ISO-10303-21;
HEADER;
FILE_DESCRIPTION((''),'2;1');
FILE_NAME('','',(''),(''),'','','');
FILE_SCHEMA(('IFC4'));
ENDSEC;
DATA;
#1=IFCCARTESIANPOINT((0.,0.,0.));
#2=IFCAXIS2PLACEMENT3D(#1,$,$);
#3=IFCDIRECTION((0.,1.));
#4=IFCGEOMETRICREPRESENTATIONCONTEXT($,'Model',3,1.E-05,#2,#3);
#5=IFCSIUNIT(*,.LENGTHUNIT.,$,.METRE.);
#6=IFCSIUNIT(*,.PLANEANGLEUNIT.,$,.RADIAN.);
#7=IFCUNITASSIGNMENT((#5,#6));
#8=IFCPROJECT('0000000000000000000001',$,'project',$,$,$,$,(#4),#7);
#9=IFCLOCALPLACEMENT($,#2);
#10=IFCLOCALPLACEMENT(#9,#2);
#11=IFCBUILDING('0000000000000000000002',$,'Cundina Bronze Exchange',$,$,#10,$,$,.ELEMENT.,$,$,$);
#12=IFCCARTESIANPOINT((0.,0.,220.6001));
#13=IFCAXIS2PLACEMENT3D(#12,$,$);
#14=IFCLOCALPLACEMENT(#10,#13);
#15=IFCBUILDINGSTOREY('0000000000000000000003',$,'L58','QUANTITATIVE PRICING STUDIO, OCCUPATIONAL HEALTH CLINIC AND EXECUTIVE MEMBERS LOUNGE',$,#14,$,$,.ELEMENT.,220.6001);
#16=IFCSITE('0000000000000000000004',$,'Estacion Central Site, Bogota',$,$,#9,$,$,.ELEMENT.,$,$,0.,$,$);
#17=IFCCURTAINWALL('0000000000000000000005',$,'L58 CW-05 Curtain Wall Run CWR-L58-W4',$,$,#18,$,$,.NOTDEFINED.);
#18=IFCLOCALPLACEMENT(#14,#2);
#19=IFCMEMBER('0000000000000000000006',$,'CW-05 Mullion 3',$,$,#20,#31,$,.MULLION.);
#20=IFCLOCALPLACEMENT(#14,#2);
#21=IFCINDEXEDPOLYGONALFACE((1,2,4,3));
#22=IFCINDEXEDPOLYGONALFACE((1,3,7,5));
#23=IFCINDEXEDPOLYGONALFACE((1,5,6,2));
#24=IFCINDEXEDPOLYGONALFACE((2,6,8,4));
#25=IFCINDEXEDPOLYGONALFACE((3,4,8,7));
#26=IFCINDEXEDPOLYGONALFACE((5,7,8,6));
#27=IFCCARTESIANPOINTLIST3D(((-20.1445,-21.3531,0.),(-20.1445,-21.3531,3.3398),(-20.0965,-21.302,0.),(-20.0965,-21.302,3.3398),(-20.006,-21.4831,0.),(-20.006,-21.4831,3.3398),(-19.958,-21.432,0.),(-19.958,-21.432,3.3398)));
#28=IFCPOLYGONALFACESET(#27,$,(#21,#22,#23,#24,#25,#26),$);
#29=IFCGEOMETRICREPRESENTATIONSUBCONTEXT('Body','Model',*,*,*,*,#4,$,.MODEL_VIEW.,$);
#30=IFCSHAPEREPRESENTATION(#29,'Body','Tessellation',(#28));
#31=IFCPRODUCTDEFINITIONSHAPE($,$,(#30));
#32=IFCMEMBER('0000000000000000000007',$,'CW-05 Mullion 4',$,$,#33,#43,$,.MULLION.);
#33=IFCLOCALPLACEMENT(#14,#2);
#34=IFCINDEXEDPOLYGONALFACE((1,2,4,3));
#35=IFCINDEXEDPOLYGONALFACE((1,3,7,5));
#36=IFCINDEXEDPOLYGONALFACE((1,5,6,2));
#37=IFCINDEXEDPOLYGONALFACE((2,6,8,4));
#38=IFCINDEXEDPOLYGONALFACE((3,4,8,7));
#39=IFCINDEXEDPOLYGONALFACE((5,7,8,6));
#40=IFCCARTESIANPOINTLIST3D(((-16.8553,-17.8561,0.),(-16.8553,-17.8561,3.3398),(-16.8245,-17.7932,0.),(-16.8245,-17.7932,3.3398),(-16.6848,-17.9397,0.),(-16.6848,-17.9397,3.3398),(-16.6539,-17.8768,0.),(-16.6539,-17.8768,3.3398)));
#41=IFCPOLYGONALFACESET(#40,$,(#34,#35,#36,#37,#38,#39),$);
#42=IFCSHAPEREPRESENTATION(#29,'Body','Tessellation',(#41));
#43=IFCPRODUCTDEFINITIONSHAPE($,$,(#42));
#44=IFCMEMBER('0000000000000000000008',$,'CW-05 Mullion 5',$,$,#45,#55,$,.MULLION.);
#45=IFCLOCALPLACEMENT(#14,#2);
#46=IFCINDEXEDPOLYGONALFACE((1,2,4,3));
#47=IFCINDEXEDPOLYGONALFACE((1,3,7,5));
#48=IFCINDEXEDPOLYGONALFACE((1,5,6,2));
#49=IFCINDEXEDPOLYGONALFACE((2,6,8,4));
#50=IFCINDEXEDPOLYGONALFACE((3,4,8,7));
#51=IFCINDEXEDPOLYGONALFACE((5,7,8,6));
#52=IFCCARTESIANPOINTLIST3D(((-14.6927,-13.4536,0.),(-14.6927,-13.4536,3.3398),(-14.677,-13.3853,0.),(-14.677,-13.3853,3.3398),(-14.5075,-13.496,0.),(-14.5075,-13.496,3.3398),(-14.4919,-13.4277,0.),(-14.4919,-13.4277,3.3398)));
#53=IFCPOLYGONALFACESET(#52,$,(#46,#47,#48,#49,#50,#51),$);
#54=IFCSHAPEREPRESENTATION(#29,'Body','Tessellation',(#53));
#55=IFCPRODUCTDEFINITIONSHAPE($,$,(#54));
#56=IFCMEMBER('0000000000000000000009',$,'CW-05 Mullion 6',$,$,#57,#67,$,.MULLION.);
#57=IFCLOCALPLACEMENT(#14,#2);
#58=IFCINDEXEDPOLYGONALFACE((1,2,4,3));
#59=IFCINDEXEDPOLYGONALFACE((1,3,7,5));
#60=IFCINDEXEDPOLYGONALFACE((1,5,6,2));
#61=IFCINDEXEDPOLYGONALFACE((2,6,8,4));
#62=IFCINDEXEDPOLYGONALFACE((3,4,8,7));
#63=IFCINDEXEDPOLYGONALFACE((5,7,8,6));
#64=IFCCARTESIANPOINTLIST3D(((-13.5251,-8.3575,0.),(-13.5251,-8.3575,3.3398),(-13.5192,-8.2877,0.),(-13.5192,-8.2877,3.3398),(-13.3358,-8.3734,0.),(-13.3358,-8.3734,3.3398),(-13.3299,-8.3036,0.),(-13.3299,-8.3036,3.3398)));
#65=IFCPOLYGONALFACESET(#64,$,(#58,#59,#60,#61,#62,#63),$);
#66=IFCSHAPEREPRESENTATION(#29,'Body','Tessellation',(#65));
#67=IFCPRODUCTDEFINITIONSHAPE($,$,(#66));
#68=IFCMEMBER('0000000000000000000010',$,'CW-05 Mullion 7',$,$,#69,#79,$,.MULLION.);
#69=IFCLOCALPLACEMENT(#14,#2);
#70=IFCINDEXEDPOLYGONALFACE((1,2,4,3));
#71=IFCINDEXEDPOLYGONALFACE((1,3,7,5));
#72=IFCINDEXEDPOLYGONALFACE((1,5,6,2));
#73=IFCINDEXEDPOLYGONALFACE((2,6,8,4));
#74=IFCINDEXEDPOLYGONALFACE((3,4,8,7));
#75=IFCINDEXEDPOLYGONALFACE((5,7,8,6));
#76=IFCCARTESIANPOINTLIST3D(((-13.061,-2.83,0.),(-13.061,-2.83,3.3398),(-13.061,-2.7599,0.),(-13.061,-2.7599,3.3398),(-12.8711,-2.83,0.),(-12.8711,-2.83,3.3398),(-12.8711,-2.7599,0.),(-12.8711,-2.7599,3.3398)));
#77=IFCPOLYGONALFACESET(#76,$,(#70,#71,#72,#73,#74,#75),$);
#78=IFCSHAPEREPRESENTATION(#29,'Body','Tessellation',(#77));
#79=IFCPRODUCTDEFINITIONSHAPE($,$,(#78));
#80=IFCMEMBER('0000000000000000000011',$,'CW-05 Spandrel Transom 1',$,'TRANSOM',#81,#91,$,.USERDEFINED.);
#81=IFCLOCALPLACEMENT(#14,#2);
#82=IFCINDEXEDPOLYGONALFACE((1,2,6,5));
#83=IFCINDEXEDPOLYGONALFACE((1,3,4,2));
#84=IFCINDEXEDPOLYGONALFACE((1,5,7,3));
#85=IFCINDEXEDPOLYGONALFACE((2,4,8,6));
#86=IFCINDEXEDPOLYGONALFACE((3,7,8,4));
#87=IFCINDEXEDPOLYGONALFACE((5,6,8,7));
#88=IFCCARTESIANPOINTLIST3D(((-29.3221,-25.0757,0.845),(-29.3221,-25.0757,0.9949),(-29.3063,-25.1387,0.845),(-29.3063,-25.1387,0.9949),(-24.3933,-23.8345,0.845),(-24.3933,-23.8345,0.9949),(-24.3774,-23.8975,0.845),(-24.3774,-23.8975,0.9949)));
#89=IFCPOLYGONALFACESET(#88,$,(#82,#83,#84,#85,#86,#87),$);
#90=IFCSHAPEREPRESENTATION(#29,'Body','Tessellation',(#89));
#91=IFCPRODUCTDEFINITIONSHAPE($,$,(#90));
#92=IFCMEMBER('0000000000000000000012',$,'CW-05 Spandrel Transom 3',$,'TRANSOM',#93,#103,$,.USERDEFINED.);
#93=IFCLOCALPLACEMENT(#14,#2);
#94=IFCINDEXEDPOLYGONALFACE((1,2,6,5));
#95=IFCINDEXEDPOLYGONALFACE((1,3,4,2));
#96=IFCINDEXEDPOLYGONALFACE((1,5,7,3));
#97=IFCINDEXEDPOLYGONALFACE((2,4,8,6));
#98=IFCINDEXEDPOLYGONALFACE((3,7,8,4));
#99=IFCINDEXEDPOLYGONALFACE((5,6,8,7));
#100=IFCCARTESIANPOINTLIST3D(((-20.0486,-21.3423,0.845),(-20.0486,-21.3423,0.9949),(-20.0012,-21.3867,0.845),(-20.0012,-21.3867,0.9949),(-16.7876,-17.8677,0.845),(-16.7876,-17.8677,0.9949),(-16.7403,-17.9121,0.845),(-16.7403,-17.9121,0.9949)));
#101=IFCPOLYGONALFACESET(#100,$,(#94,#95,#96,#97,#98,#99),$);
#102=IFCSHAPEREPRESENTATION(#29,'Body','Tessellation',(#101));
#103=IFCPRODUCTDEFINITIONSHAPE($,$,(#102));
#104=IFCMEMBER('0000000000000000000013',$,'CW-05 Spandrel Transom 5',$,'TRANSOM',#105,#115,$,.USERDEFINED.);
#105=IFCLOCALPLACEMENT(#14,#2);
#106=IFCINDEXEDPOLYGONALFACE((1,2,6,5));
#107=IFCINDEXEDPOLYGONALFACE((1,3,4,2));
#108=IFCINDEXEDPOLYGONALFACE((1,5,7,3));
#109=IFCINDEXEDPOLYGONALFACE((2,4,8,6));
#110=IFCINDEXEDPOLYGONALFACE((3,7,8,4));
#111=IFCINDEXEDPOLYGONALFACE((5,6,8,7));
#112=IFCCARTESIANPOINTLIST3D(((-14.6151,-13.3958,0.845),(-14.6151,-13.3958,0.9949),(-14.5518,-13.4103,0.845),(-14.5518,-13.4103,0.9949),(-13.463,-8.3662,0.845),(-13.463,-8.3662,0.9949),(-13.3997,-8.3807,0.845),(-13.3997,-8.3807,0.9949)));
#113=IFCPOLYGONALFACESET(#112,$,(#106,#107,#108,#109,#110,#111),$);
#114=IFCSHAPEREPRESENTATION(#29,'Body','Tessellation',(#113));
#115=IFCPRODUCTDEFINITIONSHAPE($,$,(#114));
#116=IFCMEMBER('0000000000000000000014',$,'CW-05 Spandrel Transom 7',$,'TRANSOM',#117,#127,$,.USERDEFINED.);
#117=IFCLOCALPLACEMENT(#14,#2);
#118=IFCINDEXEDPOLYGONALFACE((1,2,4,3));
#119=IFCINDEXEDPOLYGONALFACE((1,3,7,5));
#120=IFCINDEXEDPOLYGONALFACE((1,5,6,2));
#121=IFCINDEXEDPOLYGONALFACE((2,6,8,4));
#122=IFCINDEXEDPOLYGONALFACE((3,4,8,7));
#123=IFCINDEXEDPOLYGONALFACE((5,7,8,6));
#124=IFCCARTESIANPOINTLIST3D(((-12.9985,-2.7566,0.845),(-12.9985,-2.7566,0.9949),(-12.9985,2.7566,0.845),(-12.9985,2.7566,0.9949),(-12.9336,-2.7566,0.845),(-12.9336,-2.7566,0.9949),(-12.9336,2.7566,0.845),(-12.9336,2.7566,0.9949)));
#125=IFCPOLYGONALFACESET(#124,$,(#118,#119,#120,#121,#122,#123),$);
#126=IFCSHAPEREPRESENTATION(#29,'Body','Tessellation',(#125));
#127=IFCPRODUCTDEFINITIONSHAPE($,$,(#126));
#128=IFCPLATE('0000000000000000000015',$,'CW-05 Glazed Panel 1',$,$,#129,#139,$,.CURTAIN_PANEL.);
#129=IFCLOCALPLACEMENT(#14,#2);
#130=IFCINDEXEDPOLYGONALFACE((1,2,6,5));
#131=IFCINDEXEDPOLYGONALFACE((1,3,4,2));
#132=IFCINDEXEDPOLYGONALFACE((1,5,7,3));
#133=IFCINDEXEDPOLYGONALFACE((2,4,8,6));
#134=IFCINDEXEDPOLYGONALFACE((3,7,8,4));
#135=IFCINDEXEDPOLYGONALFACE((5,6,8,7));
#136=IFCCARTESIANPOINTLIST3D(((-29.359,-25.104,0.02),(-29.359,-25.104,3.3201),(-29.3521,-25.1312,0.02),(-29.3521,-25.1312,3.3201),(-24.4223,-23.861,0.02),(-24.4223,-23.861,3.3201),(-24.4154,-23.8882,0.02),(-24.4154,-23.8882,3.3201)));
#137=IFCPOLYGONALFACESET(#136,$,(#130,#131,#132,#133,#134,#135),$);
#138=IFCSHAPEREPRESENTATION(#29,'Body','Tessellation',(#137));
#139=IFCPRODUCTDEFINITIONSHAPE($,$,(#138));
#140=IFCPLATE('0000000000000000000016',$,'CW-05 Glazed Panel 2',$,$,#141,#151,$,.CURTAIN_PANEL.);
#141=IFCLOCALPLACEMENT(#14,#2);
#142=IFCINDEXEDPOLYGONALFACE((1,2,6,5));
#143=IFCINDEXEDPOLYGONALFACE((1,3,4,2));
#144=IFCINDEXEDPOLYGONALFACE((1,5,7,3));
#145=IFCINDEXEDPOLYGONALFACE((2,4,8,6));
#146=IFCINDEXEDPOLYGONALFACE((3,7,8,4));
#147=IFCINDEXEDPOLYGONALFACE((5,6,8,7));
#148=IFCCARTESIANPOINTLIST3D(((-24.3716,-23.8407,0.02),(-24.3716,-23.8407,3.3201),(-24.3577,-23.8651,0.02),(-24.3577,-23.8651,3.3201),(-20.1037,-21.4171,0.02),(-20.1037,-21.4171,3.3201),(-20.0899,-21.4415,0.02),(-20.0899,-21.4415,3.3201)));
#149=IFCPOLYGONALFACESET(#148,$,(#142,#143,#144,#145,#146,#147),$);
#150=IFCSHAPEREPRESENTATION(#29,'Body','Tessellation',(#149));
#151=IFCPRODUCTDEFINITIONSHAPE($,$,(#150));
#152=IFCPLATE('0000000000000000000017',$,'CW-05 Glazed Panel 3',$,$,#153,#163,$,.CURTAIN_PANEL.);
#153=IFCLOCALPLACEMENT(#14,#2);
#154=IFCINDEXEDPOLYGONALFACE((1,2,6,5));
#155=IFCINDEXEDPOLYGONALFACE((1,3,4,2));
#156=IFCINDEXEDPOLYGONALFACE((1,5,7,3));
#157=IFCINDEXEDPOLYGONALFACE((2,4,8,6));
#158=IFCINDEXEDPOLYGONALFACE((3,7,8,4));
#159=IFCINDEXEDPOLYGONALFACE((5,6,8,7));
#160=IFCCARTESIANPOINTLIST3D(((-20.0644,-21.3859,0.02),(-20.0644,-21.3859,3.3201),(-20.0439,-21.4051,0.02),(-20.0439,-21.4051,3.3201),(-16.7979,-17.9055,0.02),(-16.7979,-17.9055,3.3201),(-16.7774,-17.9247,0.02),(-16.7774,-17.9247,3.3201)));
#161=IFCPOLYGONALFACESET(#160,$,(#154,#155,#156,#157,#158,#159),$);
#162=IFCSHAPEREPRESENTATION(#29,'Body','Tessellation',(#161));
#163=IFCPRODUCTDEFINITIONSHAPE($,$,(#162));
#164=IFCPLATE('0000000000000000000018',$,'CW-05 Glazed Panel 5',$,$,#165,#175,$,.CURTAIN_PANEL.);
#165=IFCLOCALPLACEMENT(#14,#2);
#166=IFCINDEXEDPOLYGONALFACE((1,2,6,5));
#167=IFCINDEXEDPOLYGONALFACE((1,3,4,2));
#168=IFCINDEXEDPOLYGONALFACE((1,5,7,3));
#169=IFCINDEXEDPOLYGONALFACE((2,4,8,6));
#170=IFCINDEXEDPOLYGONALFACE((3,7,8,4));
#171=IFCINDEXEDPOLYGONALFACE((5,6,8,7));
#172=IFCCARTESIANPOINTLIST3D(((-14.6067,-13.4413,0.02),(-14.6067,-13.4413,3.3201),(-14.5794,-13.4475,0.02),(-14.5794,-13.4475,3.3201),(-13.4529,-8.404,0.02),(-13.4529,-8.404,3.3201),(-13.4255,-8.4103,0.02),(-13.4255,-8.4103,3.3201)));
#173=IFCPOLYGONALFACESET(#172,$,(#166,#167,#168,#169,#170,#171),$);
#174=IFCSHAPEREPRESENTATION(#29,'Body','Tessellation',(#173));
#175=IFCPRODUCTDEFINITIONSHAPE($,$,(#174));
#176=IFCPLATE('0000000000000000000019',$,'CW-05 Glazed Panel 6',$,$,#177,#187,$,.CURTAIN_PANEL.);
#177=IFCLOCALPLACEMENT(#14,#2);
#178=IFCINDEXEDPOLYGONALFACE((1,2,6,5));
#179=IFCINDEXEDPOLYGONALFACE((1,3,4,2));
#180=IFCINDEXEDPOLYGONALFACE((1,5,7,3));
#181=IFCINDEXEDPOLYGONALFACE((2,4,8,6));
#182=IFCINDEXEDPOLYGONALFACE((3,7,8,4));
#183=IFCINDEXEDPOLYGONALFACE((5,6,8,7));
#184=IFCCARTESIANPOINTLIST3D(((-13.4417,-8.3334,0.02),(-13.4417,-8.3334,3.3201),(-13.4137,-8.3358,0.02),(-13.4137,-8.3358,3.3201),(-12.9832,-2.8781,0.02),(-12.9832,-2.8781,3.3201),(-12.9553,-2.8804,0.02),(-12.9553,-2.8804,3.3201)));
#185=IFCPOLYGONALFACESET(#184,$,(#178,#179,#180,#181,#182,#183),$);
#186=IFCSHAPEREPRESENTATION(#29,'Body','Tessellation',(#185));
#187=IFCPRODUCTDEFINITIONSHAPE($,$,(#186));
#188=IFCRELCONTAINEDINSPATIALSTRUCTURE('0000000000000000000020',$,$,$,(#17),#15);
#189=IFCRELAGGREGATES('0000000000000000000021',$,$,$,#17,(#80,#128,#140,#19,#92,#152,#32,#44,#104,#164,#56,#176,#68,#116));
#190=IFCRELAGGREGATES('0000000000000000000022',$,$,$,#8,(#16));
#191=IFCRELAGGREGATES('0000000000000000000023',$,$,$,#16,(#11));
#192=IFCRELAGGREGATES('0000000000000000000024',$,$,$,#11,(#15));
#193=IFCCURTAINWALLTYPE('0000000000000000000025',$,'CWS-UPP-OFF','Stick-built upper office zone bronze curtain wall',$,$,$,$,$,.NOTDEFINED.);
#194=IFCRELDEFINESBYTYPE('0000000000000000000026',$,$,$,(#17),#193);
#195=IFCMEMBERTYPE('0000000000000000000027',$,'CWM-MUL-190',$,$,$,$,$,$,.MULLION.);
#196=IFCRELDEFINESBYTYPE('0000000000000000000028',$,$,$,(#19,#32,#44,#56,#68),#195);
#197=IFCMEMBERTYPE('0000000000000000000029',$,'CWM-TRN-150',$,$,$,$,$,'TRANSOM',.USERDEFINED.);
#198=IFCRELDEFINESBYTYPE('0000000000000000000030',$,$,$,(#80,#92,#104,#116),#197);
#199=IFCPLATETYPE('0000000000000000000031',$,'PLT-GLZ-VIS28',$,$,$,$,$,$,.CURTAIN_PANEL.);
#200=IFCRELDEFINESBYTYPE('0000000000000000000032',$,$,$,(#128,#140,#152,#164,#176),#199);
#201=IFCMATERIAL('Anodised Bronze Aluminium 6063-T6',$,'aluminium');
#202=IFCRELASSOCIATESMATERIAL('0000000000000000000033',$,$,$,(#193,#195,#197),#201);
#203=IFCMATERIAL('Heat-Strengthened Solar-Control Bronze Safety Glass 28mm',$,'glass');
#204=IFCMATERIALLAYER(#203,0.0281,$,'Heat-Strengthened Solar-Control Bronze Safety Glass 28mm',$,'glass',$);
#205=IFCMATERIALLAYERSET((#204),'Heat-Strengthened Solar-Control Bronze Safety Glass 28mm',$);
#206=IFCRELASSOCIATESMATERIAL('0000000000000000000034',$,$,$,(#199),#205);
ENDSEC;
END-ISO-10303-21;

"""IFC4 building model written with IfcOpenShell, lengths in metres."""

from ifc_helpers import new_model, si_unit, direction, frame, origin, origin_2d, place, context, subcontext, project, spatial, rectangle, extrude, material, layer, layer_set, material_profile, profile_set, type_object, element, aggregate, save


model = new_model("IFC4")

# Units and contexts
model_context = context("Model", 3, precision=1e-05, world=origin(), true_north=direction((0.0, 1.0)))
body_context = subcontext(model_context, "Body", "Model", "MODEL_VIEW")
ifc_project = project(units=[si_unit("LENGTHUNIT", "METRE"), si_unit("PLANEANGLEUNIT", "RADIAN")], contexts=[model_context])

# Site, building, storey
site_placement = place(None, origin())
site = spatial("IfcSite", under=ifc_project, at=site_placement, Name="Estacion Central Site, Bogota", CompositionType="ELEMENT", RefElevation=0.0)
building_placement = place(site_placement, origin())
building = spatial("IfcBuilding", under=site, at=building_placement, Name="Cundina Bronze Exchange", CompositionType="ELEMENT")
storey_placement = place(building_placement, frame((0.0, 0.0, 220.6001)))
storey = spatial("IfcBuildingStorey", under=building, at=storey_placement, Name="L58", Description="QUANTITATIVE PRICING STUDIO, OCCUPATIONAL HEALTH CLINIC AND EXECUTIVE MEMBERS LOUNGE", CompositionType="ELEMENT", Elevation=220.6001)

# Curtain wall, members, plates
ifc_material_1 = material(Name="Anodised Bronze Aluminium 6063-T6", Category="aluminium")
curtain_wall_type = type_object("IfcCurtainWallType", Name="CWS-UPP-OFF", Description="Stick-built upper office zone bronze curtain wall", PredefinedType="NOTDEFINED", material=ifc_material_1)
curtain_wall_placement = place(storey_placement, origin())
curtain_wall = element("IfcCurtainWall", 1, at=curtain_wall_placement, inside=storey, type_object=curtain_wall_type, Name="L58 CW-05 Curtain Wall Run CWR-L58-W4", PredefinedType="NOTDEFINED")
ifc_material_profile_1 = material_profile(ifc_material_1, rectangle(XDim=0.0701, YDim=0.1899, at=origin_2d()), Name="AL70X190", Category="aluminium")
ifc_profile_set_1 = profile_set([ifc_material_profile_1], Name="Anodised Bronze Aluminium 6063-T6")
member_type_1 = type_object("IfcMemberType", Name="CWM-MUL-190", PredefinedType="MULLION", material=ifc_profile_set_1)
member_1_placement = place(storey_placement, frame((-20.0513, -21.3926, 0.0), z_axis=(0.0, 0.0, 1.0), x_axis=(0.684293, 0.729208, 0.0)))
member_1 = element("IfcMember", 2, at=member_1_placement, type_object=member_type_1, Name="CW-05 Mullion 3", PredefinedType="MULLION", context=body_context, shape_type="SweptSolid", body=[
    extrude(rectangle(XDim=0.0701, YDim=0.1899, at=origin_2d()), origin(), (0.0, 0.0, 1.0), 3.3398),
])
member_2_placement = place(storey_placement, frame((-16.7546, -17.8665, 0.0), z_axis=(0.0, 0.0, 1.0), x_axis=(0.440566, 0.89772, 0.0)))
member_2 = element("IfcMember", 3, at=member_2_placement, type_object=member_type_1, Name="CW-05 Mullion 4", PredefinedType="MULLION", context=body_context, shape_type="SweptSolid", body=[
    extrude(rectangle(XDim=0.0701, YDim=0.1899, at=origin_2d()), origin(), (0.0, 0.0, 1.0), 3.3398),
])
member_3_placement = place(storey_placement, frame((-14.5923, -13.4407, 0.0), z_axis=(0.0, 0.0, 1.0), x_axis=(0.22325, 0.974761, 0.0)))
member_3 = element("IfcMember", 4, at=member_3_placement, type_object=member_type_1, Name="CW-05 Mullion 5", PredefinedType="MULLION", context=body_context, shape_type="SweptSolid", body=[
    extrude(rectangle(XDim=0.0701, YDim=0.1899, at=origin_2d()), origin(), (0.0, 0.0, 1.0), 3.3398),
])
member_4_placement = place(storey_placement, frame((-13.4275, -8.3306, 0.0), z_axis=(0.0, 0.0, 1.0), x_axis=(0.083678, 0.996493, 0.0)))
member_4 = element("IfcMember", 5, at=member_4_placement, type_object=member_type_1, Name="CW-05 Mullion 6", PredefinedType="MULLION", context=body_context, shape_type="SweptSolid", body=[
    extrude(rectangle(XDim=0.0701, YDim=0.1899, at=origin_2d()), origin(), (0.0, 0.0, 1.0), 3.3398),
])
member_5_placement = place(storey_placement, frame((-12.9661, -2.7949, 0.0), z_axis=(0.0, 0.0, 1.0), x_axis=(0.0, 1.0, 0.0)))
member_5 = element("IfcMember", 6, at=member_5_placement, type_object=member_type_1, Name="CW-05 Mullion 7", PredefinedType="MULLION", context=body_context, shape_type="SweptSolid", body=[
    extrude(rectangle(XDim=0.0701, YDim=0.1899, at=origin_2d()), origin(), (0.0, 0.0, 1.0), 3.3398),
])
ifc_material_profile_2 = material_profile(ifc_material_1, rectangle(XDim=0.0649, YDim=0.1499, at=origin_2d()), Name="AL65X150", Category="aluminium")
ifc_profile_set_2 = profile_set([ifc_material_profile_2], Name="Anodised Bronze Aluminium 6063-T6")
member_type_2 = type_object("IfcMemberType", Name="CWM-TRN-150", ElementType="TRANSOM", PredefinedType="USERDEFINED", material=ifc_profile_set_2)
member_6_placement = place(storey_placement, frame((-29.3142, -25.1072, 0.9199), z_axis=(0.969726, 0.244197, 0.0), x_axis=(-0.244197, 0.969726, 0.0)))
member_6 = element("IfcMember", 7, at=member_6_placement, type_object=member_type_2, Name="CW-05 Spandrel Transom 1", ObjectType="TRANSOM", PredefinedType="USERDEFINED", context=body_context, shape_type="SweptSolid", body=[
    extrude(rectangle(XDim=0.0649, YDim=0.1499, at=origin_2d()), origin(), (0.0, 0.0, 1.0), 5.0828),
])
member_7_placement = place(storey_placement, frame((-20.0249, -21.3645, 0.9199), z_axis=(0.684336, 0.729166, 0.0), x_axis=(-0.729166, 0.684336, 0.0)))
member_7 = element("IfcMember", 8, at=member_7_placement, type_object=member_type_2, Name="CW-05 Spandrel Transom 3", ObjectType="TRANSOM", PredefinedType="USERDEFINED", context=body_context, shape_type="SweptSolid", body=[
    extrude(rectangle(XDim=0.0649, YDim=0.1499, at=origin_2d()), origin(), (0.0, 0.0, 1.0), 4.7651),
])
member_8_placement = place(storey_placement, frame((-14.5835, -13.4031, 0.9199), z_axis=(0.223283, 0.974754, 0.0), x_axis=(-0.974754, 0.223283, 0.0)))
member_8 = element("IfcMember", 9, at=member_8_placement, type_object=member_type_2, Name="CW-05 Spandrel Transom 5", ObjectType="TRANSOM", PredefinedType="USERDEFINED", context=body_context, shape_type="SweptSolid", body=[
    extrude(rectangle(XDim=0.0649, YDim=0.1499, at=origin_2d()), origin(), (0.0, 0.0, 1.0), 5.1599),
])
member_9_placement = place(storey_placement, frame((-12.9661, -2.7566, 0.9199), z_axis=(0.0, 1.0, 0.0), x_axis=(-1.0, 0.0, 0.0)))
member_9 = element("IfcMember", 10, at=member_9_placement, type_object=member_type_2, Name="CW-05 Spandrel Transom 7", ObjectType="TRANSOM", PredefinedType="USERDEFINED", context=body_context, shape_type="SweptSolid", body=[
    extrude(rectangle(XDim=0.0649, YDim=0.1499, at=origin_2d()), origin(), (0.0, 0.0, 1.0), 5.5132),
])
ifc_material_2 = material(Name="Heat-Strengthened Solar-Control Bronze Safety Glass 28mm", Category="glass")
ifc_layer_1 = layer(ifc_material_2, 0.0281, Name="Heat-Strengthened Solar-Control Bronze Safety Glass 28mm", Category="glass")
ifc_layer_set_1 = layer_set([ifc_layer_1], Name="Heat-Strengthened Solar-Control Bronze Safety Glass 28mm")
plate_type_1 = type_object("IfcPlateType", Name="PLT-GLZ-VIS28", PredefinedType="CURTAIN_PANEL", material=ifc_layer_set_1)
plate_1_placement = place(storey_placement, frame((-26.8872, -24.4961, 0.02), z_axis=(0.0, 0.0, 1.0), x_axis=(0.969732, 0.244174, 0.0)))
plate_1 = element("IfcPlate", 11, at=plate_1_placement, type_object=plate_type_1, Name="CW-05 Glazed Panel 1", PredefinedType="CURTAIN_PANEL", context=body_context, shape_type="SweptSolid", body=[
    extrude(rectangle(XDim=5.0908, YDim=0.0281, at=origin_2d()), origin(), (0.0, 0.0, 1.0), 3.3),
])
plate_2_placement = place(storey_placement, frame((-22.2307, -22.6411, 0.02), z_axis=(0.0, 0.0, 1.0), x_axis=(0.869573, 0.493805, 0.0)))
plate_2 = element("IfcPlate", 12, at=plate_2_placement, type_object=plate_type_1, Name="CW-05 Glazed Panel 2", PredefinedType="CURTAIN_PANEL", context=body_context, shape_type="SweptSolid", body=[
    extrude(rectangle(XDim=4.908, YDim=0.0281, at=origin_2d()), origin(), (0.0, 0.0, 1.0), 3.3),
])
plate_3_placement = place(storey_placement, frame((-18.4209, -19.6553, 0.02), z_axis=(0.0, 0.0, 1.0), x_axis=(0.684344, 0.72916, 0.0)))
plate_3 = element("IfcPlate", 13, at=plate_3_placement, type_object=plate_type_1, Name="CW-05 Glazed Panel 3", PredefinedType="CURTAIN_PANEL", context=body_context, shape_type="SweptSolid", body=[
    extrude(rectangle(XDim=4.7732, YDim=0.0281, at=origin_2d()), origin(), (0.0, 0.0, 1.0), 3.3),
])
plate_4_placement = place(storey_placement, frame((-14.0161, -10.9258, 0.02), z_axis=(0.0, 0.0, 1.0), x_axis=(0.223284, 0.974753, 0.0)))
plate_4 = element("IfcPlate", 14, at=plate_4_placement, type_object=plate_type_1, Name="CW-05 Glazed Panel 5", PredefinedType="CURTAIN_PANEL", context=body_context, shape_type="SweptSolid", body=[
    extrude(rectangle(XDim=5.1677, YDim=0.0281, at=origin_2d()), origin(), (0.0, 0.0, 1.0), 3.3),
])
plate_5_placement = place(storey_placement, frame((-13.1985, -5.6069, 0.02), z_axis=(0.0, 0.0, 1.0), x_axis=(0.083747, 0.996487, 0.0)))
plate_5 = element("IfcPlate", 15, at=plate_5_placement, type_object=plate_type_1, Name="CW-05 Glazed Panel 6", PredefinedType="CURTAIN_PANEL", context=body_context, shape_type="SweptSolid", body=[
    extrude(rectangle(XDim=5.4746, YDim=0.0281, at=origin_2d()), origin(), (0.0, 0.0, 1.0), 3.3),
])
aggregate(curtain_wall, [member_6, plate_1, plate_2, member_1, member_7, plate_3, member_2, member_3, member_8, plate_4, member_4, plate_5, member_5, member_9])

save(model, "model.ifc")
